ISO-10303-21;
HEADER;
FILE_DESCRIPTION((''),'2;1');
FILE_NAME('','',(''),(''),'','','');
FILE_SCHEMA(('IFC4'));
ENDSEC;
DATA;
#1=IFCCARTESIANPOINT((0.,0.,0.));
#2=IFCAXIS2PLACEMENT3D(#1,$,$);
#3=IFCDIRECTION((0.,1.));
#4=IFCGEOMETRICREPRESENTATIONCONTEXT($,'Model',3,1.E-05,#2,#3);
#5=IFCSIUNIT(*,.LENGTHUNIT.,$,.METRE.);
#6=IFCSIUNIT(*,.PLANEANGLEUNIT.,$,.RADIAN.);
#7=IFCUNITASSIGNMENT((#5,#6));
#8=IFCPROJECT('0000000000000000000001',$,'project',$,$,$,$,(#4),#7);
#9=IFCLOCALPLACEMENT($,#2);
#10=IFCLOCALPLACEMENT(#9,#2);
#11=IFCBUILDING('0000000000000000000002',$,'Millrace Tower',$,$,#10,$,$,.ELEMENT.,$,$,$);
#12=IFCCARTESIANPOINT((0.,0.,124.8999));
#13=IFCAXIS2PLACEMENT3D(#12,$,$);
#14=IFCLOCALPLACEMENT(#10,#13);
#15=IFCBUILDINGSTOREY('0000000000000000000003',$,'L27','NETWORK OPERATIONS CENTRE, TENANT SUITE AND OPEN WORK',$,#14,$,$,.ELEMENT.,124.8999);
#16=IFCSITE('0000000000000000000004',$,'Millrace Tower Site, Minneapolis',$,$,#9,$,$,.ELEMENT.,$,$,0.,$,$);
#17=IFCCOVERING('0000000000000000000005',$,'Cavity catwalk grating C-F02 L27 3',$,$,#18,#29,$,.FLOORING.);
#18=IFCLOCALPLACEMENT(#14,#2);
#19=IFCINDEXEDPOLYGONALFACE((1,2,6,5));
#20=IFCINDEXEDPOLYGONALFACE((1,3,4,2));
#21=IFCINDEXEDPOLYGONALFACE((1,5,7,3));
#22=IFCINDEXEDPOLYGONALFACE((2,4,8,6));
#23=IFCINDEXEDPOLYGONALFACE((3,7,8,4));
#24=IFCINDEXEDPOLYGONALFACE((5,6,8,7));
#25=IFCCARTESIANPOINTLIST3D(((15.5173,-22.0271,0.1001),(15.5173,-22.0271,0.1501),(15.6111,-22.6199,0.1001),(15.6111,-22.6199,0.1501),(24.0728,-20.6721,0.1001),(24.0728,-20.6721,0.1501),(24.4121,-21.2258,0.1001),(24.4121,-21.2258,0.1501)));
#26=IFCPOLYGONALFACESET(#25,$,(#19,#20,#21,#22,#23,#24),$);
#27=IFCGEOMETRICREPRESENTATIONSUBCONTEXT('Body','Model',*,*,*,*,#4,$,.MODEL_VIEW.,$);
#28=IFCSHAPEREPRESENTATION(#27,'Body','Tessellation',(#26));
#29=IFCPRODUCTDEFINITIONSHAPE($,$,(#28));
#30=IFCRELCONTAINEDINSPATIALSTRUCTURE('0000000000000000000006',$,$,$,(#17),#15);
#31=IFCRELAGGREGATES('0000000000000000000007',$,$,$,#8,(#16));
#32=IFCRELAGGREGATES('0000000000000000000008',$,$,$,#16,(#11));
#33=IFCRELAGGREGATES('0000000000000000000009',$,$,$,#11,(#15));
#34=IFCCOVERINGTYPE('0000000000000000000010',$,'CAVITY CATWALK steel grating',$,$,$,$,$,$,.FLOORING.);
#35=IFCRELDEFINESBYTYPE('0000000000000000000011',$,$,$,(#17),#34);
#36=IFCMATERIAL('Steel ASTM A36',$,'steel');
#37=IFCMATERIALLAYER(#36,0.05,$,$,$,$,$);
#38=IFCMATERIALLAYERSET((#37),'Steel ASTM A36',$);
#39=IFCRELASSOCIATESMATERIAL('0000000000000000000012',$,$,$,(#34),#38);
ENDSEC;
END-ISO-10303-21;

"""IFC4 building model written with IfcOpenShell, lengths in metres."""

from ifc_helpers import new_model, si_unit, direction, frame, origin, place, context, subcontext, project, spatial, polyline, outline, extrude, material, layer, layer_set, type_object, element, save


model = new_model("IFC4")

# Units and contexts
model_context = context("Model", 3, precision=1e-05, world=origin(), true_north=direction((0.0, 1.0)))
body_context = subcontext(model_context, "Body", "Model", "MODEL_VIEW")
ifc_project = project(units=[si_unit("LENGTHUNIT", "METRE"), si_unit("PLANEANGLEUNIT", "RADIAN")], contexts=[model_context])

# Site, building, storey
site_placement = place(None, origin())
site = spatial("IfcSite", under=ifc_project, at=site_placement, Name="Millrace Tower Site, Minneapolis", CompositionType="ELEMENT", RefElevation=0.0)
building_placement = place(site_placement, origin())
building = spatial("IfcBuilding", under=site, at=building_placement, Name="Millrace Tower", CompositionType="ELEMENT")
storey_placement = place(building_placement, frame((0.0, 0.0, 124.8999)))
storey = spatial("IfcBuildingStorey", under=building, at=storey_placement, Name="L27", Description="NETWORK OPERATIONS CENTRE, TENANT SUITE AND OPEN WORK", CompositionType="ELEMENT", Elevation=124.8999)

# Covering
ifc_material_1 = material(Name="Steel ASTM A36", Category="steel")
ifc_layer_1 = layer(ifc_material_1, 0.05)
ifc_layer_set_1 = layer_set([ifc_layer_1], Name="Steel ASTM A36")
covering_type = type_object("IfcCoveringType", Name="CAVITY CATWALK steel grating", PredefinedType="FLOORING", material=ifc_layer_set_1)
placement_1 = place(storey_placement, frame((0.0, 0.0, 0.1001)))
element("IfcCovering", 1, at=placement_1, inside=storey, type_object=covering_type, Name="Cavity catwalk grating C-F02 L27 3", PredefinedType="FLOORING", context=body_context, shape_type="SweptSolid", body=[
    extrude(outline(polyline([(15.6111, -22.6199), (24.4121, -21.2258), (24.0728, -20.6721), (15.5173, -22.0271), (15.6111, -22.6199)])), origin(), (0.0, 0.0, 1.0), 0.05),
])

save(model, "model.ifc")
